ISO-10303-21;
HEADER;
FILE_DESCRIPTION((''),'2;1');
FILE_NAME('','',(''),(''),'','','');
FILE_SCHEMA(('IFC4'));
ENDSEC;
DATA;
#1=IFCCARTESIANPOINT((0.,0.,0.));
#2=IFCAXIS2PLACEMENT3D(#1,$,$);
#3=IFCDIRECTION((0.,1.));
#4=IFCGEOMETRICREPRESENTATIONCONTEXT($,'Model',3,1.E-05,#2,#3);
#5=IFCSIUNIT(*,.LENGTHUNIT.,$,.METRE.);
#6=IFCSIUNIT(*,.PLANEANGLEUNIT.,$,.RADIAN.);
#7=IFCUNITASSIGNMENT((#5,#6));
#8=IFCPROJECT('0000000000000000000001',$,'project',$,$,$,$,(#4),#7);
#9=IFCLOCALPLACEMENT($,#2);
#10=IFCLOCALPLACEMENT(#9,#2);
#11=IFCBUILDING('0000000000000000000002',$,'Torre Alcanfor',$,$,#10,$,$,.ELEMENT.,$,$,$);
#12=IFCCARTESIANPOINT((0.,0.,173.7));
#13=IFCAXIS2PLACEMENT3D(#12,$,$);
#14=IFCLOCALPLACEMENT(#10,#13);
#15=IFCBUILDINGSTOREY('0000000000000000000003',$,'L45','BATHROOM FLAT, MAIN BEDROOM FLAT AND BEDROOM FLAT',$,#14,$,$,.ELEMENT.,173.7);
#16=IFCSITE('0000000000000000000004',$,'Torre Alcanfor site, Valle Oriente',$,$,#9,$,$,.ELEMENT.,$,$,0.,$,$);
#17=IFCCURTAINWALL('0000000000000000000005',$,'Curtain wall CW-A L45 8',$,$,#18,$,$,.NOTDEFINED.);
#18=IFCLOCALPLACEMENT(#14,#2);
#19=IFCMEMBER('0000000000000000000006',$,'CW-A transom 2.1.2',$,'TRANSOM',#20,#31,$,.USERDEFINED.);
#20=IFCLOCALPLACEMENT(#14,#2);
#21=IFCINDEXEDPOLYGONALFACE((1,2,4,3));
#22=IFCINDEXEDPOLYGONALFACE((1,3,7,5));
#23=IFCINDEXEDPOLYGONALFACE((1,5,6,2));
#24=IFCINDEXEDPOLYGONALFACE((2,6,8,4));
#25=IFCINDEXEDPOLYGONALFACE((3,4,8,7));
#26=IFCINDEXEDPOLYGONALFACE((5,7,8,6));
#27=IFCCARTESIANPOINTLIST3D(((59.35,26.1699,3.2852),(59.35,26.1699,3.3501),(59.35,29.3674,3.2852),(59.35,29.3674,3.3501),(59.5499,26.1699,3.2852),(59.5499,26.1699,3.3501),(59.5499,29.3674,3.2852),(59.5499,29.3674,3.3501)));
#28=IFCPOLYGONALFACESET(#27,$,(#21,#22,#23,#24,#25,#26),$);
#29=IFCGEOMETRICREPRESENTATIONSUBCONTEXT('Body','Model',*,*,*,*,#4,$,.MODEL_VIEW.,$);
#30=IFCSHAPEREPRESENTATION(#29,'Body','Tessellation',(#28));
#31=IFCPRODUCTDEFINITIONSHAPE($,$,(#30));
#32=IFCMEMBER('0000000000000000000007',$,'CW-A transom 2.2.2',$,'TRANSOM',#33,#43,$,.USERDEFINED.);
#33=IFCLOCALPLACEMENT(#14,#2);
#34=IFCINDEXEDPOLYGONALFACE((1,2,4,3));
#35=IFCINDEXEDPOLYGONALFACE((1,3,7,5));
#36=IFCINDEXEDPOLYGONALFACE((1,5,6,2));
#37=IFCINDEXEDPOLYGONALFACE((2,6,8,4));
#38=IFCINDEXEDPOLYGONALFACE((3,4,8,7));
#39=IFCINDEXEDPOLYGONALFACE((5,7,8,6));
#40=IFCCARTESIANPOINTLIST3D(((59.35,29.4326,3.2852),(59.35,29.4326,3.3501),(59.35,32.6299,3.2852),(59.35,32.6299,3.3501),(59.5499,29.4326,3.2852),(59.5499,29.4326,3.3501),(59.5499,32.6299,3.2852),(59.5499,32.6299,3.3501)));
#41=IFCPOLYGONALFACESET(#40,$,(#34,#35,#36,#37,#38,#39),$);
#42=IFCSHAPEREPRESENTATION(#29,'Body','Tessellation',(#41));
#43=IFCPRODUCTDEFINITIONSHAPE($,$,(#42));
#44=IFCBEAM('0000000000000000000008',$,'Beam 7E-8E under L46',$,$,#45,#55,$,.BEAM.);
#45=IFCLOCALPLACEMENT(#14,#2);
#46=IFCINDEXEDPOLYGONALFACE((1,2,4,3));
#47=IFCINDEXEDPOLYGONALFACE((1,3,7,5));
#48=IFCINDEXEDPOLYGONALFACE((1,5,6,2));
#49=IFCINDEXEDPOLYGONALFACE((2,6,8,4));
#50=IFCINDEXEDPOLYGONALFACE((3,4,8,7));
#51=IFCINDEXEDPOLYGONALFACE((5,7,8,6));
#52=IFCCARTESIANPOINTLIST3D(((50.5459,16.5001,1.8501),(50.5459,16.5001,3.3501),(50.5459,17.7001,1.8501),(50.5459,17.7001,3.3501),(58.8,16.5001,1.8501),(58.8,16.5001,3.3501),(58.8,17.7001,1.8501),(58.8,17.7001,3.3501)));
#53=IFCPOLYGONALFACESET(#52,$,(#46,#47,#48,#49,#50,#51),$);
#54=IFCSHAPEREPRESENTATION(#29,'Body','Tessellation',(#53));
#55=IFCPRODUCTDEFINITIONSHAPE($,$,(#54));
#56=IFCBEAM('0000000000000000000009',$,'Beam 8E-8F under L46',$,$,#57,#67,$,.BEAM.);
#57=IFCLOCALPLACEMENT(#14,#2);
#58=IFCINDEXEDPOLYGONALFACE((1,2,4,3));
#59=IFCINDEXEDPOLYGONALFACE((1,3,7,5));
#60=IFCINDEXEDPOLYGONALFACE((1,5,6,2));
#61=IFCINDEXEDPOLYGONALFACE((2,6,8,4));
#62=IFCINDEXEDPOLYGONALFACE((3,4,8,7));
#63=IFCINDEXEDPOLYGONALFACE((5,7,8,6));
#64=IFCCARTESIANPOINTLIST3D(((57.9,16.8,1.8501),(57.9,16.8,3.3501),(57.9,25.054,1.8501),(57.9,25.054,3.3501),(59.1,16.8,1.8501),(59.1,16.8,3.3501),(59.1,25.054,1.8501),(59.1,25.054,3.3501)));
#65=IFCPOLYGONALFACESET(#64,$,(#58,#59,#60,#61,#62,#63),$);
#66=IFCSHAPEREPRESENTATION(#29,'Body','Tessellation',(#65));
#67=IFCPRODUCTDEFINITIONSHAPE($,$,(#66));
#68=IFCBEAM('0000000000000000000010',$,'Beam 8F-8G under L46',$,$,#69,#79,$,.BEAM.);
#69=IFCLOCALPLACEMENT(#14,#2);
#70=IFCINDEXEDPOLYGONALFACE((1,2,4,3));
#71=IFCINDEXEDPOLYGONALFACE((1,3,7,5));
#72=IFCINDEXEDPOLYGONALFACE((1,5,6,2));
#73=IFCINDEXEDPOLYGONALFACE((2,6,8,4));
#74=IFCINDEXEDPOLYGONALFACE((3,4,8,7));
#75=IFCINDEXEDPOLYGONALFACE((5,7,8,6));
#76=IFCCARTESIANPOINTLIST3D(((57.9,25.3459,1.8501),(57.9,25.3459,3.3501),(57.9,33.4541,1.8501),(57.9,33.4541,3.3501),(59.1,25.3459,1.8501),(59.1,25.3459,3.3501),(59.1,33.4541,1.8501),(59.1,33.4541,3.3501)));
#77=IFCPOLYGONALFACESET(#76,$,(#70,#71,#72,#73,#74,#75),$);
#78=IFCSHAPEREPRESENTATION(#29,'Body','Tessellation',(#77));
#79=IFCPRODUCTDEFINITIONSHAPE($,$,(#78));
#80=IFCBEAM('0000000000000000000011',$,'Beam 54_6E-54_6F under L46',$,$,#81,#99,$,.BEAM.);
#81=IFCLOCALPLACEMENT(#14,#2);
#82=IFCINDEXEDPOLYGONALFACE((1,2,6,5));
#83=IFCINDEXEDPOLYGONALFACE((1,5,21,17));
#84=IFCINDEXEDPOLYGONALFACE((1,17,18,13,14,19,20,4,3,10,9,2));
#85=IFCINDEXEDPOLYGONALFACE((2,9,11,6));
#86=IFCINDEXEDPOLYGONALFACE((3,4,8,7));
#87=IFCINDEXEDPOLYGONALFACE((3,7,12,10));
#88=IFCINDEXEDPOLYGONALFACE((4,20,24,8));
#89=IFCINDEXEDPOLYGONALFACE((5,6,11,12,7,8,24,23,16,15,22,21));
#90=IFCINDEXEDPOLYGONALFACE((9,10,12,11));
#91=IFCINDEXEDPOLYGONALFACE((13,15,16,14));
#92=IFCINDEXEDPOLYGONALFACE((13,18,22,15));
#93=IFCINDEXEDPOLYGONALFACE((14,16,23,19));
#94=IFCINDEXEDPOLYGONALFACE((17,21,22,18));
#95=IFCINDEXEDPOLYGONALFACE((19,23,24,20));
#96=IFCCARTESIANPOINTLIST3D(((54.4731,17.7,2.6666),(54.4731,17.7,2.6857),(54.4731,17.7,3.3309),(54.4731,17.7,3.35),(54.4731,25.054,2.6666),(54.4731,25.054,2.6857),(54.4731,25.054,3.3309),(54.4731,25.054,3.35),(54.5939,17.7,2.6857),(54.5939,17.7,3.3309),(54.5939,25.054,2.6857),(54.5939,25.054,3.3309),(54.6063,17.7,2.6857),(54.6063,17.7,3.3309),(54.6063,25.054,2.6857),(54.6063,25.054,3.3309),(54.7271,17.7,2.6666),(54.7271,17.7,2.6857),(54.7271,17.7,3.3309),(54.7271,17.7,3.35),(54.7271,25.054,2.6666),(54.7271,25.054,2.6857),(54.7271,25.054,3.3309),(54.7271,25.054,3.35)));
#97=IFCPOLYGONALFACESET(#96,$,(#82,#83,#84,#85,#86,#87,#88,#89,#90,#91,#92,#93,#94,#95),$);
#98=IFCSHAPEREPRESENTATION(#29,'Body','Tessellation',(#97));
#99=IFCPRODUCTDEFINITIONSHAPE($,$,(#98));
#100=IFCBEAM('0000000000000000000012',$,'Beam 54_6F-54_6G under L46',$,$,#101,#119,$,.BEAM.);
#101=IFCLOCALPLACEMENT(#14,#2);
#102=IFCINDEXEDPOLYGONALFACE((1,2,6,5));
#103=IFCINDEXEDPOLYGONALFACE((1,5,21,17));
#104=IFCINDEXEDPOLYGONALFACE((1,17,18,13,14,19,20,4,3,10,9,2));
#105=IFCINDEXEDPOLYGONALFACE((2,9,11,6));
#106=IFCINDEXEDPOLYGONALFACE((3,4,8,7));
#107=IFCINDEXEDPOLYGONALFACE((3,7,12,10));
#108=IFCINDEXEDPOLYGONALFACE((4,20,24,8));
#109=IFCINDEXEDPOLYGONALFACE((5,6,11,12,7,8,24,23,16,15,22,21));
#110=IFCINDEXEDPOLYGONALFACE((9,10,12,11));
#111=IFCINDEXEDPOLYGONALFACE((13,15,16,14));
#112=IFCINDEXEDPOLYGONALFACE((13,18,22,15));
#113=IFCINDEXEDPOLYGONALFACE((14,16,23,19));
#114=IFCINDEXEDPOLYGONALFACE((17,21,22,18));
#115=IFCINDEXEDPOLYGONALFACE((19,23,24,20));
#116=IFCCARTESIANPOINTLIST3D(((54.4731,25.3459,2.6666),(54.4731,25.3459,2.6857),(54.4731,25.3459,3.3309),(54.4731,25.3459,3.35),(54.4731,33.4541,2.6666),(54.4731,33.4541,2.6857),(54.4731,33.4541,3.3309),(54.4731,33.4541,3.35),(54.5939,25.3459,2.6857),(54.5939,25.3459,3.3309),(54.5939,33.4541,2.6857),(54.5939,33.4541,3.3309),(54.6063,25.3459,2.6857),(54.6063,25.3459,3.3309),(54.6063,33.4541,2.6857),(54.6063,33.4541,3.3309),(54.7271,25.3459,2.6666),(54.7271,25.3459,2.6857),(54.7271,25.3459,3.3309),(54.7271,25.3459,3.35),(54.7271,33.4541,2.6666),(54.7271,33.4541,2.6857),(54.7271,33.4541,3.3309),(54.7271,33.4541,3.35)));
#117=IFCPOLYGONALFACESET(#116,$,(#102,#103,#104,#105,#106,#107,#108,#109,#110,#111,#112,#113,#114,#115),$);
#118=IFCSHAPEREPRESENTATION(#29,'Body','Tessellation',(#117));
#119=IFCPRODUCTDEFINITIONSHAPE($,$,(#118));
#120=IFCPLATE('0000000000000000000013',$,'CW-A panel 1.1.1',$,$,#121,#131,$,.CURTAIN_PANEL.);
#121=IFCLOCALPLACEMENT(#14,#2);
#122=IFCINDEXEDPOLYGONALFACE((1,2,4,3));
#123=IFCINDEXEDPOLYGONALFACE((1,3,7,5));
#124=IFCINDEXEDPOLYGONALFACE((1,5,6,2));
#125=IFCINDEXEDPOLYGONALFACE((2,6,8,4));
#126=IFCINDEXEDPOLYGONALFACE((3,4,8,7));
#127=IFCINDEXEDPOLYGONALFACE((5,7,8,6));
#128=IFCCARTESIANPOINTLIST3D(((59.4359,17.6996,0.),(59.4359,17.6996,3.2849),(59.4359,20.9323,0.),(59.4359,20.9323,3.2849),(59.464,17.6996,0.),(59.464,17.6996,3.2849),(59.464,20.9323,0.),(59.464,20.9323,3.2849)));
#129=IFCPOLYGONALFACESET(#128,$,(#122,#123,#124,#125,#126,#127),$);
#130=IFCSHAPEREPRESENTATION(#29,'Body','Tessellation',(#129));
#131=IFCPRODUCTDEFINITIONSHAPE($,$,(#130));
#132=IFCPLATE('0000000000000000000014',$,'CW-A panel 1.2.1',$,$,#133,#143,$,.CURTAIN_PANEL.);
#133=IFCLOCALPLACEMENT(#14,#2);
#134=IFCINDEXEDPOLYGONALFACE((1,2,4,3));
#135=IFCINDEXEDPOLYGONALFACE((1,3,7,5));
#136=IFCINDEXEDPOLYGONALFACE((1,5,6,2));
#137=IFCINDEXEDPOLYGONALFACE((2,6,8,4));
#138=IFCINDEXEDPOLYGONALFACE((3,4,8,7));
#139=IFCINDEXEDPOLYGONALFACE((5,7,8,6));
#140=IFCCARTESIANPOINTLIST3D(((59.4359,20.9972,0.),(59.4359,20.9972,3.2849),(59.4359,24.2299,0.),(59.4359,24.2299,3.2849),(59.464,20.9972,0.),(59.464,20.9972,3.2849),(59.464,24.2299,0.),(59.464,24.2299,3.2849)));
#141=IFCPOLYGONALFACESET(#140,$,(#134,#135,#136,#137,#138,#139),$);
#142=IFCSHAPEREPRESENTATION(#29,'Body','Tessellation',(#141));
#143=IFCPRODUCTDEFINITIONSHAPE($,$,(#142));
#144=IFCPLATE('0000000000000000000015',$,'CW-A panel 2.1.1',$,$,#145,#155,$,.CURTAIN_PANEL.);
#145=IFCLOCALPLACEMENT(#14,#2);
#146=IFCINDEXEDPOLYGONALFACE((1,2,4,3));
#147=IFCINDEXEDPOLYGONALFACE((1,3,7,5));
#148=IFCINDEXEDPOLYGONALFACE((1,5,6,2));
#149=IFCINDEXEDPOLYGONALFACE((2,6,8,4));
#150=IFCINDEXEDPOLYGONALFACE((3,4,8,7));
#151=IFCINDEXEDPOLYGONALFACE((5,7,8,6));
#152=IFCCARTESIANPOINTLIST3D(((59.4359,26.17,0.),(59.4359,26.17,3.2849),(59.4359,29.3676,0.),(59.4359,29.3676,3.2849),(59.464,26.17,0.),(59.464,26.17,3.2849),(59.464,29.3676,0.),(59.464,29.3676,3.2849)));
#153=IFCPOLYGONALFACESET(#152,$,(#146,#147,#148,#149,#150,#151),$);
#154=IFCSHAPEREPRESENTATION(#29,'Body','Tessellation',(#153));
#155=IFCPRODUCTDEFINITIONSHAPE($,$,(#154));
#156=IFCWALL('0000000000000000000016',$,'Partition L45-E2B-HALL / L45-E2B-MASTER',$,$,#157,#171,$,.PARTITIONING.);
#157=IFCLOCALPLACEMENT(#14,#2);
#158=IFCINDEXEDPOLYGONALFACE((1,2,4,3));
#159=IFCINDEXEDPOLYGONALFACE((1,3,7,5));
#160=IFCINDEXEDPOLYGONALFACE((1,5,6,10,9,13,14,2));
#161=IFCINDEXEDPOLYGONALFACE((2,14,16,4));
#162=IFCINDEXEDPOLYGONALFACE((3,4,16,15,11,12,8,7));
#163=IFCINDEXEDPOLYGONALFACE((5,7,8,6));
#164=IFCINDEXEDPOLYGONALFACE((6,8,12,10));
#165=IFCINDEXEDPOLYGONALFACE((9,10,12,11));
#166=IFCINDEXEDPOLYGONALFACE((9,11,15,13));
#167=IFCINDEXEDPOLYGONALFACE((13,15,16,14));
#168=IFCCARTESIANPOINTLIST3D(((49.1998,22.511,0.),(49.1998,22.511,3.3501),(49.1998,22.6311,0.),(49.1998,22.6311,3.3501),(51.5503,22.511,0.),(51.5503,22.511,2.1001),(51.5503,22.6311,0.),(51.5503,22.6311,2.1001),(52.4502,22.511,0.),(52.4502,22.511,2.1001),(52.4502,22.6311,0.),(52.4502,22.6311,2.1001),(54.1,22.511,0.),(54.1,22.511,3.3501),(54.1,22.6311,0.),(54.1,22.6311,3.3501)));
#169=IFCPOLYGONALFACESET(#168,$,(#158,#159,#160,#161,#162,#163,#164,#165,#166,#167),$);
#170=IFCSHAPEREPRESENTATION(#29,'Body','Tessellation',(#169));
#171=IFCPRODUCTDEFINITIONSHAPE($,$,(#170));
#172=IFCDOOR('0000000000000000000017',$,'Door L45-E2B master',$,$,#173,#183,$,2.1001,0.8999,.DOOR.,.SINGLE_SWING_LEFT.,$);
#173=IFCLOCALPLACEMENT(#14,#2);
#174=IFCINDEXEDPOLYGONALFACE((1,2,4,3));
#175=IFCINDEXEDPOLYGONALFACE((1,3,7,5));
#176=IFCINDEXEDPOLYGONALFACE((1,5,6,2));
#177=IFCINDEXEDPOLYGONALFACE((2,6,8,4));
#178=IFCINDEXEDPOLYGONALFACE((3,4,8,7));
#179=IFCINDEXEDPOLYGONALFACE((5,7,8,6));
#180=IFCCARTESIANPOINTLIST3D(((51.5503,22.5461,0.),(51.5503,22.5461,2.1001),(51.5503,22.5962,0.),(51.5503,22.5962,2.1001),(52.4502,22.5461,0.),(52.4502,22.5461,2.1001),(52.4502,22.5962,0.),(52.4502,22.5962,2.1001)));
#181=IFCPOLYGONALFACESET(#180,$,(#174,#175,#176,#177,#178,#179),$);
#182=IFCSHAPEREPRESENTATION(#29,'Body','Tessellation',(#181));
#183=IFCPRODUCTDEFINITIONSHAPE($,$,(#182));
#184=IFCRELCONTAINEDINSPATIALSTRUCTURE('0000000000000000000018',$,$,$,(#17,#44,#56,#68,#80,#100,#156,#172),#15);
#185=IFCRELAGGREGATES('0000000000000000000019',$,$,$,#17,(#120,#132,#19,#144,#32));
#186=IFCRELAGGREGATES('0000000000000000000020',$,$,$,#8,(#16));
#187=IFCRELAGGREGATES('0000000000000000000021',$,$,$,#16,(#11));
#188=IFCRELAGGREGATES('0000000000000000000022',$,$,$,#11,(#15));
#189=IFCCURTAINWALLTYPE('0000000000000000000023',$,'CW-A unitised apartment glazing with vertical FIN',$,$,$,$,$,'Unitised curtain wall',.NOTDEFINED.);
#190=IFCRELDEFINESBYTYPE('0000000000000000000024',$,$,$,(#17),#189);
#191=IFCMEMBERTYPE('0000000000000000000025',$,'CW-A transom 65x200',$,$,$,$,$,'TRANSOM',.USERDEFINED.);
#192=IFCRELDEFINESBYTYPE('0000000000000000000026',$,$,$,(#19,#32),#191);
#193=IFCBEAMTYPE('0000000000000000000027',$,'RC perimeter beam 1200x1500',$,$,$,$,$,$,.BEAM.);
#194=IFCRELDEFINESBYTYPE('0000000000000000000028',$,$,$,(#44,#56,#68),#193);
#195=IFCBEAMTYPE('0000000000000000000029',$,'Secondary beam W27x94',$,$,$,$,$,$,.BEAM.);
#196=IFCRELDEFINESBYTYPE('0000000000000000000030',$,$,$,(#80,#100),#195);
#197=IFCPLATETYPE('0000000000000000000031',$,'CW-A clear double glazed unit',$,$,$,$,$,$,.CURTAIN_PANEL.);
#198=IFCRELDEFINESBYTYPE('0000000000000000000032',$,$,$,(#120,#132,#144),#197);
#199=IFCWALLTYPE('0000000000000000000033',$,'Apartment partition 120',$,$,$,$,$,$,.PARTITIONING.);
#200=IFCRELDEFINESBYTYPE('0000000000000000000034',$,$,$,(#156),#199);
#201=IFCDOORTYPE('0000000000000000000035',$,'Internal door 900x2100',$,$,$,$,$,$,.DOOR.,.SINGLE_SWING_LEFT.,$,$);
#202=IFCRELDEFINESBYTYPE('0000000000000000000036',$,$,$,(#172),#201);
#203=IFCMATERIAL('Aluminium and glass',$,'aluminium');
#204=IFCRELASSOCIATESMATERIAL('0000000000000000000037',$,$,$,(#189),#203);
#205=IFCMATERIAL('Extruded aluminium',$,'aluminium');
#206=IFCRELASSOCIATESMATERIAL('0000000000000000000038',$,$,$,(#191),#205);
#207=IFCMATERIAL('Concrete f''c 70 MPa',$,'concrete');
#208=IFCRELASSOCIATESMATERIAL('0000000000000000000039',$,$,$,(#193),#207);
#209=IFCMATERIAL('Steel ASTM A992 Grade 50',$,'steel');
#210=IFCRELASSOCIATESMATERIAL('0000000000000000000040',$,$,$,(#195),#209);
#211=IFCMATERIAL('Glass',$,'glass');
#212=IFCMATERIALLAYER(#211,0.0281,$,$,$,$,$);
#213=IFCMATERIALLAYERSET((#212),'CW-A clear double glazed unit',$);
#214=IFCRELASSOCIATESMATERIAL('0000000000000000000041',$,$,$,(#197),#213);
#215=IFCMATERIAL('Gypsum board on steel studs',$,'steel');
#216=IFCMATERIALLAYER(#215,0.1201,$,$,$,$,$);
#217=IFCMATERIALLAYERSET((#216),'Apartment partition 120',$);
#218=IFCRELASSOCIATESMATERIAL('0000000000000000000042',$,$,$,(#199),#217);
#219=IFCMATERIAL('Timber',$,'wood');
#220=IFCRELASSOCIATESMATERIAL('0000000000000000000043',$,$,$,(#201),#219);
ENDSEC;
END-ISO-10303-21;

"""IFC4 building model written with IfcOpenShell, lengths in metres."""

from ifc_helpers import new_model, si_unit, direction, frame, frame_2d, origin, origin_2d, place, context, subcontext, project, spatial, rectangle, i_section, extrude, material, layer, layer_set, material_profile, profile_set, type_object, element, fill, aggregate, save


model = new_model("IFC4")

# Units and contexts
model_context = context("Model", 3, precision=1e-05, world=origin(), true_north=direction((0.0, 1.0)))
body_context = subcontext(model_context, "Body", "Model", "MODEL_VIEW")
ifc_project = project(units=[si_unit("LENGTHUNIT", "METRE"), si_unit("PLANEANGLEUNIT", "RADIAN")], contexts=[model_context])

# Site, building, storey
site_placement = place(None, origin())
site = spatial("IfcSite", under=ifc_project, at=site_placement, Name="Torre Alcanfor site, Valle Oriente", CompositionType="ELEMENT", RefElevation=0.0)
building_placement = place(site_placement, origin())
building = spatial("IfcBuilding", under=site, at=building_placement, Name="Torre Alcanfor", CompositionType="ELEMENT")
storey_placement = place(building_placement, frame((0.0, 0.0, 173.7)))
storey = spatial("IfcBuildingStorey", under=building, at=storey_placement, Name="L45", Description="BATHROOM FLAT, MAIN BEDROOM FLAT AND BEDROOM FLAT", CompositionType="ELEMENT", Elevation=173.7)

# Curtain wall, members
ifc_material_1 = material(Name="Aluminium and glass", Category="aluminium")
curtain_wall_type = type_object("IfcCurtainWallType", Name="CW-A unitised apartment glazing with vertical FIN", ElementType="Unitised curtain wall", PredefinedType="NOTDEFINED", material=ifc_material_1)
curtain_wall_placement = place(storey_placement, origin())
curtain_wall = element("IfcCurtainWall", 1, at=curtain_wall_placement, inside=storey, type_object=curtain_wall_type, Name="Curtain wall CW-A L45 8", PredefinedType="NOTDEFINED")
ifc_material_2 = material(Name="Extruded aluminium", Category="aluminium")
ifc_material_profile_1 = material_profile(ifc_material_2, rectangle(XDim=0.2, YDim=0.0649, at=origin_2d()), Name="CW-A transom 200x65")
ifc_profile_set_1 = profile_set([ifc_material_profile_1], Name="Extruded aluminium")
member_type_1 = type_object("IfcMemberType", Name="CW-A transom 65x200", ElementType="TRANSOM", PredefinedType="USERDEFINED", material=ifc_profile_set_1)
member_1_placement = place(storey_placement, frame((59.45, 26.1699, 3.3176), z_axis=(0.0, 1.0, 0.0), x_axis=(-1.0, 0.0, 0.0)))
member_1 = element("IfcMember", 2, at=member_1_placement, type_object=member_type_1, Name="CW-A transom 2.1.2", ObjectType="TRANSOM", PredefinedType="USERDEFINED", context=body_context, shape_type="SweptSolid", body=[
    extrude(rectangle(XDim=0.2, YDim=0.0649, at=origin_2d()), origin(), (0.0, 0.0, 1.0), 3.1975),
])
member_2_placement = place(storey_placement, frame((59.45, 29.4326, 3.3176), z_axis=(0.0, 1.0, 0.0), x_axis=(-1.0, 0.0, 0.0)))
member_2 = element("IfcMember", 3, at=member_2_placement, type_object=member_type_1, Name="CW-A transom 2.2.2", ObjectType="TRANSOM", PredefinedType="USERDEFINED", context=body_context, shape_type="SweptSolid", body=[
    extrude(rectangle(XDim=0.2, YDim=0.0649, at=origin_2d()), origin(), (0.0, 0.0, 1.0), 3.1973),
])

# Beams
ifc_material_3 = material(Name="Concrete f'c 70 MPa", Category="concrete")
ifc_material_profile_2 = material_profile(ifc_material_3, rectangle(XDim=1.2, YDim=1.5, at=origin_2d()), Name="1200x1500")
ifc_profile_set_2 = profile_set([ifc_material_profile_2], Name="Concrete f'c 70 MPa")
beam_type_1 = type_object("IfcBeamType", Name="RC perimeter beam 1200x1500", PredefinedType="BEAM", material=ifc_profile_set_2)
beam_1_placement = place(storey_placement, frame((50.5459, 17.1001, 2.6001), z_axis=(1.0, 0.0, 0.0), x_axis=(0.0, 1.0, 0.0)))
element("IfcBeam", 4, at=beam_1_placement, inside=storey, type_object=beam_type_1, Name="Beam 7E-8E under L46", PredefinedType="BEAM", context=body_context, shape_type="SweptSolid", body=[
    extrude(rectangle(XDim=1.2, YDim=1.5, at=origin_2d()), origin(), (0.0, 0.0, 1.0), 8.2542),
])
beam_2_placement = place(storey_placement, frame((58.5, 16.8, 2.6001), z_axis=(0.0, 1.0, 0.0), x_axis=(-1.0, 0.0, 0.0)))
element("IfcBeam", 5, at=beam_2_placement, inside=storey, type_object=beam_type_1, Name="Beam 8E-8F under L46", PredefinedType="BEAM", context=body_context, shape_type="SweptSolid", body=[
    extrude(rectangle(XDim=1.2, YDim=1.5, at=origin_2d()), origin(), (0.0, 0.0, 1.0), 8.2539),
])
beam_3_placement = place(storey_placement, frame((58.5, 25.3459, 2.6001), z_axis=(0.0, 1.0, 0.0), x_axis=(-1.0, 0.0, 0.0)))
element("IfcBeam", 6, at=beam_3_placement, inside=storey, type_object=beam_type_1, Name="Beam 8F-8G under L46", PredefinedType="BEAM", context=body_context, shape_type="SweptSolid", body=[
    extrude(rectangle(XDim=1.2, YDim=1.5, at=origin_2d()), origin(), (0.0, 0.0, 1.0), 8.1082),
])
ifc_material_4 = material(Name="Steel ASTM A992 Grade 50", Category="steel")
ifc_material_profile_3 = material_profile(ifc_material_4, i_section(OverallWidth=0.2539, OverallDepth=0.6833, WebThickness=0.0125, FlangeThickness=0.019, at=origin_2d()), Name="W27x94")
ifc_profile_set_3 = profile_set([ifc_material_profile_3], Name="Steel ASTM A992 Grade 50")
beam_type_2 = type_object("IfcBeamType", Name="Secondary beam W27x94", PredefinedType="BEAM", material=ifc_profile_set_3)
beam_4_placement = place(storey_placement, frame((54.6001, 17.7, 3.0083), z_axis=(0.0, 1.0, 0.0), x_axis=(-1.0, 0.0, 0.0)))
element("IfcBeam", 7, at=beam_4_placement, inside=storey, type_object=beam_type_2, Name="Beam 54_6E-54_6F under L46", PredefinedType="BEAM", context=body_context, shape_type="SweptSolid", body=[
    extrude(i_section(OverallWidth=0.2539, OverallDepth=0.6833, WebThickness=0.0125, FlangeThickness=0.019, at=origin_2d()), origin(), (0.0, 0.0, 1.0), 7.354),
])
beam_5_placement = place(storey_placement, frame((54.6001, 25.3459, 3.0083), z_axis=(0.0, 1.0, 0.0), x_axis=(-1.0, 0.0, 0.0)))
element("IfcBeam", 8, at=beam_5_placement, inside=storey, type_object=beam_type_2, Name="Beam 54_6F-54_6G under L46", PredefinedType="BEAM", context=body_context, shape_type="SweptSolid", body=[
    extrude(i_section(OverallWidth=0.2539, OverallDepth=0.6833, WebThickness=0.0125, FlangeThickness=0.019, at=origin_2d()), origin(), (0.0, 0.0, 1.0), 8.1082),
])

# Plates
ifc_material_5 = material(Name="Glass", Category="glass")
ifc_layer_1 = layer(ifc_material_5, 0.0281)
ifc_layer_set_1 = layer_set([ifc_layer_1], Name="CW-A clear double glazed unit")
plate_type = type_object("IfcPlateType", Name="CW-A clear double glazed unit", PredefinedType="CURTAIN_PANEL", material=ifc_layer_set_1)
plate_1_placement = place(storey_placement, frame((59.45, 19.3159, 0.0), z_axis=(0.0, 0.0, 1.0), x_axis=(0.0, 1.0, 0.0)))
plate_1 = element("IfcPlate", 9, at=plate_1_placement, type_object=plate_type, Name="CW-A panel 1.1.1", PredefinedType="CURTAIN_PANEL", context=body_context, shape_type="SweptSolid", body=[
    extrude(rectangle(XDim=3.2327, YDim=0.0281, at=origin_2d()), origin(), (0.0, 0.0, 1.0), 3.2849),
])
plate_2_placement = place(storey_placement, frame((59.45, 22.6135, 0.0), z_axis=(0.0, 0.0, 1.0), x_axis=(0.0, 1.0, 0.0)))
plate_2 = element("IfcPlate", 10, at=plate_2_placement, type_object=plate_type, Name="CW-A panel 1.2.1", PredefinedType="CURTAIN_PANEL", context=body_context, shape_type="SweptSolid", body=[
    extrude(rectangle(XDim=3.2327, YDim=0.0281, at=origin_2d()), origin(), (0.0, 0.0, 1.0), 3.2849),
])
plate_3_placement = place(storey_placement, frame((59.45, 27.7688, 0.0), z_axis=(0.0, 0.0, 1.0), x_axis=(0.0, 1.0, 0.0)))
plate_3 = element("IfcPlate", 11, at=plate_3_placement, type_object=plate_type, Name="CW-A panel 2.1.1", PredefinedType="CURTAIN_PANEL", context=body_context, shape_type="SweptSolid", body=[
    extrude(rectangle(XDim=3.1975, YDim=0.0281, at=origin_2d()), origin(), (0.0, 0.0, 1.0), 3.2849),
])
aggregate(curtain_wall, [plate_1, plate_2, member_1, plate_3, member_2])

# Wall, opening, door
ifc_material_6 = material(Name="Gypsum board on steel studs", Category="steel")
ifc_layer_2 = layer(ifc_material_6, 0.1201)
ifc_layer_set_2 = layer_set([ifc_layer_2], Name="Apartment partition 120")
wall_type_1 = type_object("IfcWallType", Name="Apartment partition 120", PredefinedType="PARTITIONING", material=ifc_layer_set_2)
wall_1_placement = place(storey_placement, frame((54.1001, 22.571, 0.0), z_axis=(0.0, 0.0, 1.0), x_axis=(-1.0, 0.0, 0.0)))
wall_1 = element("IfcWall", 12, at=wall_1_placement, inside=storey, type_object=wall_type_1, Name="Partition L45-E2B-HALL / L45-E2B-MASTER", PredefinedType="PARTITIONING", context=body_context, shape_type="SweptSolid", body=[
    extrude(rectangle(XDim=4.9001, YDim=0.1201, at=frame_2d((2.4502, 0.0))), origin(), (0.0, 0.0, 1.0), 3.3501),
])
opening_1_placement = place(wall_1_placement, frame((1.6499, 0.0, 0.0)))
opening_1 = element("IfcOpeningElement", 13, at=opening_1_placement, cuts=wall_1, PredefinedType="OPENING", context=body_context, shape_type="SweptSolid", body=[
    extrude(rectangle(XDim=0.8999, YDim=2.1001, at=frame_2d((0.45, 1.05))), frame((0.0, 0.0701, 0.0), z_axis=(0.0, -1.0, 0.0), x_axis=(1.0, 0.0, 0.0)), (0.0, 0.0, 1.0), 0.1401),
])
ifc_material_7 = material(Name="Timber", Category="wood")
door_type = type_object("IfcDoorType", Name="Internal door 900x2100", OperationType="SINGLE_SWING_LEFT", PredefinedType="DOOR", material=ifc_material_7)
door_1_placement = place(opening_1_placement, origin())
door_1 = element("IfcDoor", 14, at=door_1_placement, inside=storey, type_object=door_type, Name="Door L45-E2B master", OperationType="SINGLE_SWING_LEFT", OverallHeight=2.1001, OverallWidth=0.8999, PredefinedType="DOOR", context=body_context, shape_type="SweptSolid", body=[
    extrude(rectangle(XDim=0.8999, YDim=2.1001, at=frame_2d((0.45, 1.05))), frame((0.0, 0.0249, 0.0), z_axis=(0.0, -1.0, 0.0), x_axis=(1.0, 0.0, 0.0)), (0.0, 0.0, 1.0), 0.05),
])
fill(opening_1, door_1)

save(model, "model.ifc")
